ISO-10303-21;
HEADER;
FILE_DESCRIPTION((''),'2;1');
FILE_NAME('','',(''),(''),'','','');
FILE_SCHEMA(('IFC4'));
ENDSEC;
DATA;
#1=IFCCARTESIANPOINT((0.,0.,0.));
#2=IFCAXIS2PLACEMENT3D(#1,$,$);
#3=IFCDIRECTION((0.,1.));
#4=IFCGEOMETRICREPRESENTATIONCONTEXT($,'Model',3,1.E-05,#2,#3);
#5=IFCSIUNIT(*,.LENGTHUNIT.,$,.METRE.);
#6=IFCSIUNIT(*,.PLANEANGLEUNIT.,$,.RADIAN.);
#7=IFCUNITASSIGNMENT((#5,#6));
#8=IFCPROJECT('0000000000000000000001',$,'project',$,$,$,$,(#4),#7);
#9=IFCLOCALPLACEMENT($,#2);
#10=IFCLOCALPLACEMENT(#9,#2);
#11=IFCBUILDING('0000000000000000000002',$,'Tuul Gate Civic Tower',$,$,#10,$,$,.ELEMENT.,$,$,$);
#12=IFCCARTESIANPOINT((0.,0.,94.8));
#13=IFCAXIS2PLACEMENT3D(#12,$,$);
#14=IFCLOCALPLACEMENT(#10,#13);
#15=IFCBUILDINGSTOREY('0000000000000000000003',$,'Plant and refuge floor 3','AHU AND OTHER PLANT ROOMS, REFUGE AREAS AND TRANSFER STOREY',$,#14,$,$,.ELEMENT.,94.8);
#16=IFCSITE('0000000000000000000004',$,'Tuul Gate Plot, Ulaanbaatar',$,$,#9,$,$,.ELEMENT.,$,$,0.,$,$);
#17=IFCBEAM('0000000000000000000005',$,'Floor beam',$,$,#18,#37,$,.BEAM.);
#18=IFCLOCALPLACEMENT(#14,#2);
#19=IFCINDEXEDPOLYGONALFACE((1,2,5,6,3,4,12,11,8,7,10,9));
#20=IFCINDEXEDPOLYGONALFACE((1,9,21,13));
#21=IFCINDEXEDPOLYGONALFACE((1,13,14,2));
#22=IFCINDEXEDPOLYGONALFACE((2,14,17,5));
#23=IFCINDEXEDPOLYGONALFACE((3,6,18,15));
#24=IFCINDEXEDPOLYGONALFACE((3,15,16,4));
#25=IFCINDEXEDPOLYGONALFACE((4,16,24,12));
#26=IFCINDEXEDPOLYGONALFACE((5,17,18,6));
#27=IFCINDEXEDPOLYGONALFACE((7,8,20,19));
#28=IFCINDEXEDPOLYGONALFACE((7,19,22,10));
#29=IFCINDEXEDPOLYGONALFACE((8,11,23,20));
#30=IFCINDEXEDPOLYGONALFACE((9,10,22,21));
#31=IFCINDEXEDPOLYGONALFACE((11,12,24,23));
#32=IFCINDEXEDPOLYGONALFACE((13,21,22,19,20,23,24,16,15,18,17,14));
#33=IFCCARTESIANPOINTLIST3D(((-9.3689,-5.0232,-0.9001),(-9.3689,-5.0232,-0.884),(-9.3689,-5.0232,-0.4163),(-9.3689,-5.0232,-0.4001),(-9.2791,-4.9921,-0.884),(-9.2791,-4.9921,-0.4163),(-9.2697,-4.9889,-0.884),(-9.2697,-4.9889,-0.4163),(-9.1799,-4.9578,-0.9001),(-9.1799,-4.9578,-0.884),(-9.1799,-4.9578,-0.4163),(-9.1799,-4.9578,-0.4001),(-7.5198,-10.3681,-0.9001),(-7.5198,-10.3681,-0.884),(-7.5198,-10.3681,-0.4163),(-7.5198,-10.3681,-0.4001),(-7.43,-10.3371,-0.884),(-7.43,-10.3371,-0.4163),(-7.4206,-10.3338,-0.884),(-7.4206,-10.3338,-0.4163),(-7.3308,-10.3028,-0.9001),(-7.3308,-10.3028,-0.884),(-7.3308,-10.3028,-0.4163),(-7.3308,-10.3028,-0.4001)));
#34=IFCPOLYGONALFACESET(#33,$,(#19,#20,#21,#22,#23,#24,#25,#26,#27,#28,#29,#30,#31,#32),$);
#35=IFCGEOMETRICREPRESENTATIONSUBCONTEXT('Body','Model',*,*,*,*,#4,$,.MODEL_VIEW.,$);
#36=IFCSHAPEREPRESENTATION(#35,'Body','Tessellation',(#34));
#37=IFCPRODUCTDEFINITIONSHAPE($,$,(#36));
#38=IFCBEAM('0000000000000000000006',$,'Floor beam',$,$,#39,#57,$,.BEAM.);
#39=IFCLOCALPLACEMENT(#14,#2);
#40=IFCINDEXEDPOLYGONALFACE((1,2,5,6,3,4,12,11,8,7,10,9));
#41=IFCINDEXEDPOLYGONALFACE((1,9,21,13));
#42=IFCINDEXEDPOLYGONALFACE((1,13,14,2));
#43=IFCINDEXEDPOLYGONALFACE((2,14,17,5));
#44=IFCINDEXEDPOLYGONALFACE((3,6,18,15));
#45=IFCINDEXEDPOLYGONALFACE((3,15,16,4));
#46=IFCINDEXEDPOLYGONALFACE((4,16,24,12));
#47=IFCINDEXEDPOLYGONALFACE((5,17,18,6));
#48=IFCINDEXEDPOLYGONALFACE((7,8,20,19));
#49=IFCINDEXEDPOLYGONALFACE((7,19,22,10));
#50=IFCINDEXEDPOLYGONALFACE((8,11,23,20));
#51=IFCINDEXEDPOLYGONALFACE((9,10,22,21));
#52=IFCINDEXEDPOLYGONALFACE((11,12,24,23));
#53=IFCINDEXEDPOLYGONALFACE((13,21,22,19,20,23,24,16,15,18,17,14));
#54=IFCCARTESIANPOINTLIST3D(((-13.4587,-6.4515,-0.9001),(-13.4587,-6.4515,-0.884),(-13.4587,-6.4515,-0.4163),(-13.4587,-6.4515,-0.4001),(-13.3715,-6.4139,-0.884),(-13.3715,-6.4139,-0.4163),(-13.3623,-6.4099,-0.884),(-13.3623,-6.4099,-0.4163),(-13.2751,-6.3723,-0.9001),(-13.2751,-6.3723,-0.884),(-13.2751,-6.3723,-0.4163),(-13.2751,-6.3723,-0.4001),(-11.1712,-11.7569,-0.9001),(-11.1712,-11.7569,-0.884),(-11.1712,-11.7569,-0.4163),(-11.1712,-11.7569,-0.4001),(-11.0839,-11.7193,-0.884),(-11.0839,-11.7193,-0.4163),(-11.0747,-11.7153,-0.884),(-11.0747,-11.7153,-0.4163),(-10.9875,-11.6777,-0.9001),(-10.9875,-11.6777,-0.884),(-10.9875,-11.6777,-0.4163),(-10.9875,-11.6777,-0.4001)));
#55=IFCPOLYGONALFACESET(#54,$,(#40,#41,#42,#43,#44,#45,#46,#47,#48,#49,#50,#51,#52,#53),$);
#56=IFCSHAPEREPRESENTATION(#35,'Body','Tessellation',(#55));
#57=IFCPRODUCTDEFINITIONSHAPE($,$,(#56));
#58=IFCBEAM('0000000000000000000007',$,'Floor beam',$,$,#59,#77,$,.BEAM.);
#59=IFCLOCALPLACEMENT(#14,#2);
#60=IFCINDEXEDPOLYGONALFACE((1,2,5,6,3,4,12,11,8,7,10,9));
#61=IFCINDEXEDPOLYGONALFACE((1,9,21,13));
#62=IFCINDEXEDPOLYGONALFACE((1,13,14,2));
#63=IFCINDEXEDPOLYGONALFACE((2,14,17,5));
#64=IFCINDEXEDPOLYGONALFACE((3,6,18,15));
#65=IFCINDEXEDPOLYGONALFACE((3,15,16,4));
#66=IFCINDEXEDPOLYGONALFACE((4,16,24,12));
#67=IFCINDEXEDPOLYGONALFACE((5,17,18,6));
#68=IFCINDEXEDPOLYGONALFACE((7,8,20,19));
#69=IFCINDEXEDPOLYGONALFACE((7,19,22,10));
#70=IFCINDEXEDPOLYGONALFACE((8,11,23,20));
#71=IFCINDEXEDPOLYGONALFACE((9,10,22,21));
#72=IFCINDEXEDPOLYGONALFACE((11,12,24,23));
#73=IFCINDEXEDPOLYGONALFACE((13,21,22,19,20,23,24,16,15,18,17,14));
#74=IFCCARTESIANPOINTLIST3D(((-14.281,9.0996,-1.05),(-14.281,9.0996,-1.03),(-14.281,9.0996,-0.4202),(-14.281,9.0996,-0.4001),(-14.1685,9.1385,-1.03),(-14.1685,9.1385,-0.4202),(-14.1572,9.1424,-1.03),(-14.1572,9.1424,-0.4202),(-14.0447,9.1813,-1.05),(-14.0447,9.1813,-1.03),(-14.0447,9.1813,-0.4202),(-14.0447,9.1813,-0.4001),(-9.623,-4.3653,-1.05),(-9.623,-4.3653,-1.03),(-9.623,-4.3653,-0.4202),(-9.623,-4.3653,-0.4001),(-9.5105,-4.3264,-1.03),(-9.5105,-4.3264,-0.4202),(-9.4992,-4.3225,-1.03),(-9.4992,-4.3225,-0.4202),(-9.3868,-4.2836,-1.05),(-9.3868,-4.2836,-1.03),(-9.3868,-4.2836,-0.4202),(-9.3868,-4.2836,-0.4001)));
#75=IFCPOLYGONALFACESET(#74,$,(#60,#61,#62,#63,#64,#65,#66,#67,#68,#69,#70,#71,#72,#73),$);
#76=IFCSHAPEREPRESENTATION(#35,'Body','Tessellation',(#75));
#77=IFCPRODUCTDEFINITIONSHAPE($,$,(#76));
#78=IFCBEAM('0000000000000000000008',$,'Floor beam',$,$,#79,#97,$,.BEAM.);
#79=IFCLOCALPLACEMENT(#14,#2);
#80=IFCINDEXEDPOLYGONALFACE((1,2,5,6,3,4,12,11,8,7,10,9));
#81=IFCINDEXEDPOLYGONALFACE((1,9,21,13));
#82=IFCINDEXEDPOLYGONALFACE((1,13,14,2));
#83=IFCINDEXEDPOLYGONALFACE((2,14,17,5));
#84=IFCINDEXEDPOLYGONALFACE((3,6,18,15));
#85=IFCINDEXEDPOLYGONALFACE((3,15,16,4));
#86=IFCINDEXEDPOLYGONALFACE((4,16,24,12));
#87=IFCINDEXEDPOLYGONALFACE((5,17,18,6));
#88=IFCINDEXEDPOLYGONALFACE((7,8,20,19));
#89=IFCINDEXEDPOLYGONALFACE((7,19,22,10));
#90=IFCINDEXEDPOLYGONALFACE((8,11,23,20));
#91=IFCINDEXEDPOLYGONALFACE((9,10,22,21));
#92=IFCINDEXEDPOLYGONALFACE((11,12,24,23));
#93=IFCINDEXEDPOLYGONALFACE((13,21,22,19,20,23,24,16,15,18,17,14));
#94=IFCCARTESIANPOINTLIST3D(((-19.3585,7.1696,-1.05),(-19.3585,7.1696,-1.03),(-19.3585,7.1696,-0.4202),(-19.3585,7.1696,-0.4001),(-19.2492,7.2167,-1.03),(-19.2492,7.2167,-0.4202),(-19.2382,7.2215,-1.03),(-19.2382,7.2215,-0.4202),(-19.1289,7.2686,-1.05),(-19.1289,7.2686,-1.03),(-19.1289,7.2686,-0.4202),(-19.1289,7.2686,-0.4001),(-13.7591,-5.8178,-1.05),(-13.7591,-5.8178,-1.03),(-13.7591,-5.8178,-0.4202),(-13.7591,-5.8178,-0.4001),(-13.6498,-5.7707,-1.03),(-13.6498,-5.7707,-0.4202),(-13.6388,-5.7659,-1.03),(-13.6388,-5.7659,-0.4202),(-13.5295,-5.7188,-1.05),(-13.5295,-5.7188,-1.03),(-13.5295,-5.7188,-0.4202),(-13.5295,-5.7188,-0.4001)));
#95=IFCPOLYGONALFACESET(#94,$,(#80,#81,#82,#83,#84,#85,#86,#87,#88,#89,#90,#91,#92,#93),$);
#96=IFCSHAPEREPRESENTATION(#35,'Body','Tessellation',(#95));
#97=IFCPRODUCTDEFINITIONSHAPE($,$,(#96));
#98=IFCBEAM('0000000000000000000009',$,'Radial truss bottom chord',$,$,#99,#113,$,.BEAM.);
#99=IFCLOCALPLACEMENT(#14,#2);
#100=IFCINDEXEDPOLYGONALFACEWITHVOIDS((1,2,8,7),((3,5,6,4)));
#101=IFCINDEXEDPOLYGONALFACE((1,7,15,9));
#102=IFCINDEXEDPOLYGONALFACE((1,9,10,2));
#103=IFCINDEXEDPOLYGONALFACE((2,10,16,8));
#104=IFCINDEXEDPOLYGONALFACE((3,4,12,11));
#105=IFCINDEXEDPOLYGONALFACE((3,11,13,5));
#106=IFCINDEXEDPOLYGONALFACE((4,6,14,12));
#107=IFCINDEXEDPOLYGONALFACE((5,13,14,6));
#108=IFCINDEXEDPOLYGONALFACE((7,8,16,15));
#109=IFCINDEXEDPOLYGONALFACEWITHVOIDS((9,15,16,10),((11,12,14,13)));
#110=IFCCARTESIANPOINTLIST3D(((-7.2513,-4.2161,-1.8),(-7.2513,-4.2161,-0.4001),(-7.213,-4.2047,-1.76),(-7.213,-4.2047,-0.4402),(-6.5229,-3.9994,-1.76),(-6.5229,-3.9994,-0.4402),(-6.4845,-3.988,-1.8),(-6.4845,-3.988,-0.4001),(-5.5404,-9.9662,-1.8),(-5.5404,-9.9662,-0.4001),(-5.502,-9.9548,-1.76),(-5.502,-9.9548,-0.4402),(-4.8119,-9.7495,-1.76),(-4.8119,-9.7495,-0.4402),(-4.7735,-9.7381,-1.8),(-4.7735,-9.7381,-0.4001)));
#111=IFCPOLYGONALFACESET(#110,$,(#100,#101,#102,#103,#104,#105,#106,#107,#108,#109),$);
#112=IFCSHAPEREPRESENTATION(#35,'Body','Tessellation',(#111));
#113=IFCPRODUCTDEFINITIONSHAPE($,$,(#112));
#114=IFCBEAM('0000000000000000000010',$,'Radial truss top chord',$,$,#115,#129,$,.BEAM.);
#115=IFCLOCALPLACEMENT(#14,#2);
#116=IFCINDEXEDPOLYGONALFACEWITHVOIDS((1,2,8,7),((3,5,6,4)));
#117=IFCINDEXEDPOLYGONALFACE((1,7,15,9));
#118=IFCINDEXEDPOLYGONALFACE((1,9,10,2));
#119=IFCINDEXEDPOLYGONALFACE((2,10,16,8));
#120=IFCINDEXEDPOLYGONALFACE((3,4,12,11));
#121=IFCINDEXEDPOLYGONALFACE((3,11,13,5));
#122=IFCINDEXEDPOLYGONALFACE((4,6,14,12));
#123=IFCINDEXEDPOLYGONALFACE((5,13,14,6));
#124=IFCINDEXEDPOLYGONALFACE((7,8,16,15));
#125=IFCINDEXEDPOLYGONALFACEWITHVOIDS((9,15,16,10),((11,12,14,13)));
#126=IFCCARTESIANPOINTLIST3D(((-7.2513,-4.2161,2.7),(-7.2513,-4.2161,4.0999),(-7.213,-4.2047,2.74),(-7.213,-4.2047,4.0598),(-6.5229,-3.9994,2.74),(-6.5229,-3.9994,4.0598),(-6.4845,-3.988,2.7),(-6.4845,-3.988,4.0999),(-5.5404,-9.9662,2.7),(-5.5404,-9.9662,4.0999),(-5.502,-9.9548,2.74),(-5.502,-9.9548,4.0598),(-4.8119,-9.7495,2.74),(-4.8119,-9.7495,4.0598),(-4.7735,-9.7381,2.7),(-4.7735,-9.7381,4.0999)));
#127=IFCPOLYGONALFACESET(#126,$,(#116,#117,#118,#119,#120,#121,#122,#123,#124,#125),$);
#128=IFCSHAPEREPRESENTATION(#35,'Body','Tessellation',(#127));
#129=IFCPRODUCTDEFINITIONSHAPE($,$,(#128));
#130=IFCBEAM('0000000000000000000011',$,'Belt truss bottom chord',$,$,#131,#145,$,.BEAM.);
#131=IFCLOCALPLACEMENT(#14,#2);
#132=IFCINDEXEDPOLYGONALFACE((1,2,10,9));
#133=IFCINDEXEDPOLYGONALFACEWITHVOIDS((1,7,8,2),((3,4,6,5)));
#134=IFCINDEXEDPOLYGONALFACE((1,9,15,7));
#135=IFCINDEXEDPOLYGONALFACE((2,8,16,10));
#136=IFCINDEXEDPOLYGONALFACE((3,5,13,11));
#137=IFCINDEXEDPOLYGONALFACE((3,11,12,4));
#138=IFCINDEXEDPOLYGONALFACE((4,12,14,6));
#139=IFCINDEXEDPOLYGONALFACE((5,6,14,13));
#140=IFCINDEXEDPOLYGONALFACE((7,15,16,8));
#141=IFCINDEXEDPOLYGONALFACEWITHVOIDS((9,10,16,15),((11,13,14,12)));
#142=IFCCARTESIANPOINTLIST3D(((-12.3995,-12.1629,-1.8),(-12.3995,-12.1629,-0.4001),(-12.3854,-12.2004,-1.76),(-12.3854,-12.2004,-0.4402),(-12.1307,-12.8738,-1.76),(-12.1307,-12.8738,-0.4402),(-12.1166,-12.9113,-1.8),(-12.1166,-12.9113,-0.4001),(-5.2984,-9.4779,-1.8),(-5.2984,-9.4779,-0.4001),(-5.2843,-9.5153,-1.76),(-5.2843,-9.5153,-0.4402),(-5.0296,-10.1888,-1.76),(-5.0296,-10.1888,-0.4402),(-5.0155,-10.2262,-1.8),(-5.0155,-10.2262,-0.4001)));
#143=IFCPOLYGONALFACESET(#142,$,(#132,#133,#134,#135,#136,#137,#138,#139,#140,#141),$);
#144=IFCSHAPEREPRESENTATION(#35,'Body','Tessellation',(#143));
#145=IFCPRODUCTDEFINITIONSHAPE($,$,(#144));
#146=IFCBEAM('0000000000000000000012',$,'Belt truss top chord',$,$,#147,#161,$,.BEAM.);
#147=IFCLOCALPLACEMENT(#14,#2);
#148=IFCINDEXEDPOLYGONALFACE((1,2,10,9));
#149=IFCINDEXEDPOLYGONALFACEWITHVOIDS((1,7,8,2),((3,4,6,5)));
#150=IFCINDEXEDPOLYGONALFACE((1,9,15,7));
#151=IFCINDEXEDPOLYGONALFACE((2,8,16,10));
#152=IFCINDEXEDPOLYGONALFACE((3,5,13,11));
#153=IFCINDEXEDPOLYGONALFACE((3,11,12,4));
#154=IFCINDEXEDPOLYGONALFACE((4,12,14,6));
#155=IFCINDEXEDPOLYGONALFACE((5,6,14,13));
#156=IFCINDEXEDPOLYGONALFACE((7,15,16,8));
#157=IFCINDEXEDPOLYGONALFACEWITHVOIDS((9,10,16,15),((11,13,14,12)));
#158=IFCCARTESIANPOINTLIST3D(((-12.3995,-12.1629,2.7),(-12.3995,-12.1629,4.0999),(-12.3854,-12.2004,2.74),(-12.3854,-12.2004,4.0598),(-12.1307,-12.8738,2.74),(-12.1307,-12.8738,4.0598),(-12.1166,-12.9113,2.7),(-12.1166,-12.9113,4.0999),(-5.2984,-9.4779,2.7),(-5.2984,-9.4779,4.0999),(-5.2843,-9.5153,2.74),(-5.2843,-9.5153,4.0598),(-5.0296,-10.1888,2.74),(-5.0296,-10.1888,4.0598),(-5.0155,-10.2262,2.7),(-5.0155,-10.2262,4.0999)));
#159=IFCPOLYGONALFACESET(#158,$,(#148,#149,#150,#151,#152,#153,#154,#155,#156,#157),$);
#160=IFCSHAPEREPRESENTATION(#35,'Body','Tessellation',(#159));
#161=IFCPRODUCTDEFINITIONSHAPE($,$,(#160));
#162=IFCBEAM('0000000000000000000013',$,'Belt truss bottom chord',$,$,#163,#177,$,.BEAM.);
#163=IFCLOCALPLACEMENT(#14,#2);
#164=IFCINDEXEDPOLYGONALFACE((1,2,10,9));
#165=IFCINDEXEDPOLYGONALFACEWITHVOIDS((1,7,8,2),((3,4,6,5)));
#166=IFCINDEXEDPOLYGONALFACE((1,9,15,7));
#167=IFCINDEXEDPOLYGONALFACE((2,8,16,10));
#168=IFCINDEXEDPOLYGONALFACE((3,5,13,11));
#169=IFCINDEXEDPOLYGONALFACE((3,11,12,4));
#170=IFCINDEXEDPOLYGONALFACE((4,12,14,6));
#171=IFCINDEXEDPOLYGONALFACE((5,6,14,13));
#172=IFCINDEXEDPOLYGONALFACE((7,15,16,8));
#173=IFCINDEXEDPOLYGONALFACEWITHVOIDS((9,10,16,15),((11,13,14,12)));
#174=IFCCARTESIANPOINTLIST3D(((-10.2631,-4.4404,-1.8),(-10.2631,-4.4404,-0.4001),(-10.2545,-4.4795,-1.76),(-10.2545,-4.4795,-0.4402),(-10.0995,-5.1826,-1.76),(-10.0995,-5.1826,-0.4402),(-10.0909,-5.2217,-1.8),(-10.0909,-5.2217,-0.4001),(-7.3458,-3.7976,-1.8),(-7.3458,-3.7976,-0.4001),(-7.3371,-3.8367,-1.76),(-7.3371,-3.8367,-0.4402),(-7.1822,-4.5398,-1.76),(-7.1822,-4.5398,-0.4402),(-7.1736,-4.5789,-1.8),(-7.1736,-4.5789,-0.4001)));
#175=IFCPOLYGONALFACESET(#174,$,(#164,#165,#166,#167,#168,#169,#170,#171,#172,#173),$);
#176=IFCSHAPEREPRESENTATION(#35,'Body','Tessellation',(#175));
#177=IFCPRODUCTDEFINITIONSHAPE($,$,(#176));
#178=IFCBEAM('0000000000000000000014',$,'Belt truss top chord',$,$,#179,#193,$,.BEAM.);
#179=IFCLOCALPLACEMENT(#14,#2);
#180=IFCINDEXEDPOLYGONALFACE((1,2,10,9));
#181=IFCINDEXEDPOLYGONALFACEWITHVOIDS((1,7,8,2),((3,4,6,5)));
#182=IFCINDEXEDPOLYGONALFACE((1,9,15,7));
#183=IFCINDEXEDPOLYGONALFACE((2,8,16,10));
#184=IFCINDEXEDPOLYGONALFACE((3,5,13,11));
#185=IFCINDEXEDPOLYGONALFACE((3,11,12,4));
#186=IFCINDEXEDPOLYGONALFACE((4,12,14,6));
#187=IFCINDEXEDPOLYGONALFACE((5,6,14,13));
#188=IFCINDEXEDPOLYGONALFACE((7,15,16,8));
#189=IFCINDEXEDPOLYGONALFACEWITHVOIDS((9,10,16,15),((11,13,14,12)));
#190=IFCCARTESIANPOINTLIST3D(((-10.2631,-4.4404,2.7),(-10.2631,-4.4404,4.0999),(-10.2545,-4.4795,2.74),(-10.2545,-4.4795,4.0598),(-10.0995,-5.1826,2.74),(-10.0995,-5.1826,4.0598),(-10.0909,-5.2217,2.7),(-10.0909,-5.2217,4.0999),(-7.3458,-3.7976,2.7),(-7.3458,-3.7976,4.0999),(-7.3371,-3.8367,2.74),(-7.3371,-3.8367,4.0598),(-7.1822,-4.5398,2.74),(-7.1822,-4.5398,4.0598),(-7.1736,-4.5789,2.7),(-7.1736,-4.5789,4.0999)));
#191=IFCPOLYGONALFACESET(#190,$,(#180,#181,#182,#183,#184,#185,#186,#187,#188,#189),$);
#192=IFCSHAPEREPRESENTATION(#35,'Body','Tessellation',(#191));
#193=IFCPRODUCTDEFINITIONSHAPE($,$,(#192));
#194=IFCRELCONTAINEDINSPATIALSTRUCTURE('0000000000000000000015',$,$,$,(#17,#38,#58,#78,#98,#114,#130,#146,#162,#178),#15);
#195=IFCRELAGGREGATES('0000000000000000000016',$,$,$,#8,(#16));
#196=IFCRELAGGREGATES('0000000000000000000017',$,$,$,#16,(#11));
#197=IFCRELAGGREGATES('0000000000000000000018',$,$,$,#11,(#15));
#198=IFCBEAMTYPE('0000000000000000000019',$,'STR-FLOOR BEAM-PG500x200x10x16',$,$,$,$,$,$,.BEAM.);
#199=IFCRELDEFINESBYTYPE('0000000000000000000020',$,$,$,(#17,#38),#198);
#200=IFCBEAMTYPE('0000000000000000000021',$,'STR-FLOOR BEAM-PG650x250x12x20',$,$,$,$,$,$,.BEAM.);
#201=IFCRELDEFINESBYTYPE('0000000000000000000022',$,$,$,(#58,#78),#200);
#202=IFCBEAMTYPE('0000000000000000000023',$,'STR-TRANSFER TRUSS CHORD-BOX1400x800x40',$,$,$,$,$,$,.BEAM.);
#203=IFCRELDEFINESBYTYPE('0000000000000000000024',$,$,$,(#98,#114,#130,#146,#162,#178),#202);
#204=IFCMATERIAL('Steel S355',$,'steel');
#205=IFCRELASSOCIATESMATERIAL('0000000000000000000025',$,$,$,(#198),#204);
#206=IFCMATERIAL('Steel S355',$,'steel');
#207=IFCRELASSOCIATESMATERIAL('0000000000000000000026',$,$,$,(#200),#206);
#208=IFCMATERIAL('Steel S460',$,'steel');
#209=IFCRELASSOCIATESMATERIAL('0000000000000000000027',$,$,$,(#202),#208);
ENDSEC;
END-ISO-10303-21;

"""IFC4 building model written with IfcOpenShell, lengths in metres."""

from ifc_helpers import new_model, si_unit, direction, frame, origin, origin_2d, place, context, subcontext, project, spatial, hollow_rectangle, i_section, extrude, material, material_profile, profile_set, type_object, element, save


model = new_model("IFC4")

# Units and contexts
model_context = context("Model", 3, precision=1e-05, world=origin(), true_north=direction((0.0, 1.0)))
body_context = subcontext(model_context, "Body", "Model", "MODEL_VIEW")
ifc_project = project(units=[si_unit("LENGTHUNIT", "METRE"), si_unit("PLANEANGLEUNIT", "RADIAN")], contexts=[model_context])

# Site, building, storey
site_placement = place(None, origin())
site = spatial("IfcSite", under=ifc_project, at=site_placement, Name="Tuul Gate Plot, Ulaanbaatar", CompositionType="ELEMENT", RefElevation=0.0)
building_placement = place(site_placement, origin())
building = spatial("IfcBuilding", under=site, at=building_placement, Name="Tuul Gate Civic Tower", CompositionType="ELEMENT")
storey_placement = place(building_placement, frame((0.0, 0.0, 94.8)))
storey = spatial("IfcBuildingStorey", under=building, at=storey_placement, Name="Plant and refuge floor 3", Description="AHU AND OTHER PLANT ROOMS, REFUGE AREAS AND TRANSFER STOREY", CompositionType="ELEMENT", Elevation=94.8)

# Beams
ifc_material_1 = material(Name="Steel S355", Category="steel")
ifc_material_profile_1 = material_profile(ifc_material_1, i_section(OverallWidth=0.2, OverallDepth=0.5, WebThickness=0.01, FlangeThickness=0.0161, at=origin_2d()), Name="PG500x200x10x16")
ifc_profile_set_1 = profile_set([ifc_material_profile_1], Name="Steel S355")
beam_type_1 = type_object("IfcBeamType", Name="STR-FLOOR BEAM-PG500x200x10x16", PredefinedType="BEAM", material=ifc_profile_set_1)
beam_1_placement = place(storey_placement, frame((-7.4253, -10.3354, -0.6501), z_axis=(-0.326943, 0.945044, 0.0), x_axis=(-0.945044, -0.326943, 0.0)))
element("IfcBeam", 1, at=beam_1_placement, inside=storey, type_object=beam_type_1, Name="Floor beam", PredefinedType="BEAM", context=body_context, shape_type="SweptSolid", body=[
    extrude(i_section(OverallWidth=0.2, OverallDepth=0.5, WebThickness=0.01, FlangeThickness=0.0161, at=origin_2d()), origin(), (0.0, 0.0, 1.0), 5.6558),
])
beam_2_placement = place(storey_placement, frame((-11.0793, -11.7173, -0.6501), z_axis=(-0.395943, 0.918275, 0.0), x_axis=(-0.918275, -0.395943, 0.0)))
element("IfcBeam", 2, at=beam_2_placement, inside=storey, type_object=beam_type_1, Name="Floor beam", PredefinedType="BEAM", context=body_context, shape_type="SweptSolid", body=[
    extrude(i_section(OverallWidth=0.2, OverallDepth=0.5, WebThickness=0.01, FlangeThickness=0.0161, at=origin_2d()), origin(), (0.0, 0.0, 1.0), 5.7776),
])
ifc_material_2 = material(Name="Steel S355", Category="steel")
ifc_material_profile_2 = material_profile(ifc_material_2, i_section(OverallWidth=0.25, OverallDepth=0.6499, WebThickness=0.012, FlangeThickness=0.02, at=origin_2d()), Name="PG650x250x12x20")
ifc_profile_set_2 = profile_set([ifc_material_profile_2], Name="Steel S355")
beam_type_2 = type_object("IfcBeamType", Name="STR-FLOOR BEAM-PG650x250x12x20", PredefinedType="BEAM", material=ifc_profile_set_2)
beam_3_placement = place(storey_placement, frame((-9.5049, -4.3245, -0.7251), z_axis=(-0.326926, 0.94505, 0.0), x_axis=(-0.94505, -0.326926, 0.0)))
element("IfcBeam", 3, at=beam_3_placement, inside=storey, type_object=beam_type_2, Name="Floor beam", PredefinedType="BEAM", context=body_context, shape_type="SweptSolid", body=[
    extrude(i_section(OverallWidth=0.25, OverallDepth=0.6499, WebThickness=0.012, FlangeThickness=0.02, at=origin_2d()), origin(), (0.0, 0.0, 1.0), 14.2478),
])
beam_4_placement = place(storey_placement, frame((-13.6443, -5.7683, -0.7251), z_axis=(-0.395912, 0.918288, 0.0), x_axis=(-0.918288, -0.395912, 0.0)))
element("IfcBeam", 4, at=beam_4_placement, inside=storey, type_object=beam_type_2, Name="Floor beam", PredefinedType="BEAM", context=body_context, shape_type="SweptSolid", body=[
    extrude(i_section(OverallWidth=0.25, OverallDepth=0.6499, WebThickness=0.012, FlangeThickness=0.02, at=origin_2d()), origin(), (0.0, 0.0, 1.0), 14.1431),
])
ifc_material_3 = material(Name="Steel S460", Category="steel")
ifc_material_profile_3 = material_profile(ifc_material_3, hollow_rectangle(XDim=0.8, YDim=1.3999, WallThickness=0.04, at=origin_2d()), Name="BOX1400x800x40")
ifc_profile_set_3 = profile_set([ifc_material_profile_3], Name="Steel S460")
beam_type_3 = type_object("IfcBeamType", Name="STR-TRANSFER TRUSS CHORD-BOX1400x800x40", PredefinedType="BEAM", material=ifc_profile_set_3)
for number, where, z_axis, x_axis, name in (
    (5, (-6.8679, -4.1021, -1.1001), (0.285197, -0.958469, 0.0), (0.958469, 0.285197, 0.0), "Radial truss bottom chord"),
    (6, (-6.8679, -4.1021, 3.3999), (0.285197, -0.958469, 0.0), (0.958469, 0.285197, 0.0), "Radial truss top chord"),
):
    element("IfcBeam", number, at=place(storey_placement, frame(where, z_axis=z_axis, x_axis=x_axis)), inside=storey, type_object=beam_type_3, Name=name, PredefinedType="BEAM", context=body_context, shape_type="SweptSolid", body=[
        extrude(hollow_rectangle(XDim=0.8, YDim=1.3999, WallThickness=0.04, at=origin_2d()), origin(), (0.0, 0.0, 1.0), 5.9993),
    ])
for number, where, z_axis, x_axis, name in (
    (7, (-12.2581, -12.5371, -1.1001), (0.935366, 0.353681, 0.0), (-0.353681, 0.935366, 0.0), "Belt truss bottom chord"),
    (8, (-12.2581, -12.5371, 3.3999), (0.935366, 0.353681, 0.0), (-0.353681, 0.935366, 0.0), "Belt truss top chord"),
):
    element("IfcBeam", number, at=place(storey_placement, frame(where, z_axis=z_axis, x_axis=x_axis)), inside=storey, type_object=beam_type_3, Name=name, PredefinedType="BEAM", context=body_context, shape_type="SweptSolid", body=[
        extrude(hollow_rectangle(XDim=0.8, YDim=1.3999, WallThickness=0.04, at=origin_2d()), origin(), (0.0, 0.0, 1.0), 7.5918),
    ])
for number, where, z_axis, x_axis, name in (
    (9, (-10.177, -4.8311, -1.1001), (0.976572, 0.215191, 0.0), (-0.215191, 0.976572, 0.0), "Belt truss bottom chord"),
    (10, (-10.177, -4.8311, 3.3999), (0.976572, 0.215191, 0.0), (-0.215191, 0.976572, 0.0), "Belt truss top chord"),
):
    element("IfcBeam", number, at=place(storey_placement, frame(where, z_axis=z_axis, x_axis=x_axis)), inside=storey, type_object=beam_type_3, Name=name, PredefinedType="BEAM", context=body_context, shape_type="SweptSolid", body=[
        extrude(hollow_rectangle(XDim=0.8, YDim=1.3999, WallThickness=0.04, at=origin_2d()), origin(), (0.0, 0.0, 1.0), 2.9873),
    ])

save(model, "model.ifc")
